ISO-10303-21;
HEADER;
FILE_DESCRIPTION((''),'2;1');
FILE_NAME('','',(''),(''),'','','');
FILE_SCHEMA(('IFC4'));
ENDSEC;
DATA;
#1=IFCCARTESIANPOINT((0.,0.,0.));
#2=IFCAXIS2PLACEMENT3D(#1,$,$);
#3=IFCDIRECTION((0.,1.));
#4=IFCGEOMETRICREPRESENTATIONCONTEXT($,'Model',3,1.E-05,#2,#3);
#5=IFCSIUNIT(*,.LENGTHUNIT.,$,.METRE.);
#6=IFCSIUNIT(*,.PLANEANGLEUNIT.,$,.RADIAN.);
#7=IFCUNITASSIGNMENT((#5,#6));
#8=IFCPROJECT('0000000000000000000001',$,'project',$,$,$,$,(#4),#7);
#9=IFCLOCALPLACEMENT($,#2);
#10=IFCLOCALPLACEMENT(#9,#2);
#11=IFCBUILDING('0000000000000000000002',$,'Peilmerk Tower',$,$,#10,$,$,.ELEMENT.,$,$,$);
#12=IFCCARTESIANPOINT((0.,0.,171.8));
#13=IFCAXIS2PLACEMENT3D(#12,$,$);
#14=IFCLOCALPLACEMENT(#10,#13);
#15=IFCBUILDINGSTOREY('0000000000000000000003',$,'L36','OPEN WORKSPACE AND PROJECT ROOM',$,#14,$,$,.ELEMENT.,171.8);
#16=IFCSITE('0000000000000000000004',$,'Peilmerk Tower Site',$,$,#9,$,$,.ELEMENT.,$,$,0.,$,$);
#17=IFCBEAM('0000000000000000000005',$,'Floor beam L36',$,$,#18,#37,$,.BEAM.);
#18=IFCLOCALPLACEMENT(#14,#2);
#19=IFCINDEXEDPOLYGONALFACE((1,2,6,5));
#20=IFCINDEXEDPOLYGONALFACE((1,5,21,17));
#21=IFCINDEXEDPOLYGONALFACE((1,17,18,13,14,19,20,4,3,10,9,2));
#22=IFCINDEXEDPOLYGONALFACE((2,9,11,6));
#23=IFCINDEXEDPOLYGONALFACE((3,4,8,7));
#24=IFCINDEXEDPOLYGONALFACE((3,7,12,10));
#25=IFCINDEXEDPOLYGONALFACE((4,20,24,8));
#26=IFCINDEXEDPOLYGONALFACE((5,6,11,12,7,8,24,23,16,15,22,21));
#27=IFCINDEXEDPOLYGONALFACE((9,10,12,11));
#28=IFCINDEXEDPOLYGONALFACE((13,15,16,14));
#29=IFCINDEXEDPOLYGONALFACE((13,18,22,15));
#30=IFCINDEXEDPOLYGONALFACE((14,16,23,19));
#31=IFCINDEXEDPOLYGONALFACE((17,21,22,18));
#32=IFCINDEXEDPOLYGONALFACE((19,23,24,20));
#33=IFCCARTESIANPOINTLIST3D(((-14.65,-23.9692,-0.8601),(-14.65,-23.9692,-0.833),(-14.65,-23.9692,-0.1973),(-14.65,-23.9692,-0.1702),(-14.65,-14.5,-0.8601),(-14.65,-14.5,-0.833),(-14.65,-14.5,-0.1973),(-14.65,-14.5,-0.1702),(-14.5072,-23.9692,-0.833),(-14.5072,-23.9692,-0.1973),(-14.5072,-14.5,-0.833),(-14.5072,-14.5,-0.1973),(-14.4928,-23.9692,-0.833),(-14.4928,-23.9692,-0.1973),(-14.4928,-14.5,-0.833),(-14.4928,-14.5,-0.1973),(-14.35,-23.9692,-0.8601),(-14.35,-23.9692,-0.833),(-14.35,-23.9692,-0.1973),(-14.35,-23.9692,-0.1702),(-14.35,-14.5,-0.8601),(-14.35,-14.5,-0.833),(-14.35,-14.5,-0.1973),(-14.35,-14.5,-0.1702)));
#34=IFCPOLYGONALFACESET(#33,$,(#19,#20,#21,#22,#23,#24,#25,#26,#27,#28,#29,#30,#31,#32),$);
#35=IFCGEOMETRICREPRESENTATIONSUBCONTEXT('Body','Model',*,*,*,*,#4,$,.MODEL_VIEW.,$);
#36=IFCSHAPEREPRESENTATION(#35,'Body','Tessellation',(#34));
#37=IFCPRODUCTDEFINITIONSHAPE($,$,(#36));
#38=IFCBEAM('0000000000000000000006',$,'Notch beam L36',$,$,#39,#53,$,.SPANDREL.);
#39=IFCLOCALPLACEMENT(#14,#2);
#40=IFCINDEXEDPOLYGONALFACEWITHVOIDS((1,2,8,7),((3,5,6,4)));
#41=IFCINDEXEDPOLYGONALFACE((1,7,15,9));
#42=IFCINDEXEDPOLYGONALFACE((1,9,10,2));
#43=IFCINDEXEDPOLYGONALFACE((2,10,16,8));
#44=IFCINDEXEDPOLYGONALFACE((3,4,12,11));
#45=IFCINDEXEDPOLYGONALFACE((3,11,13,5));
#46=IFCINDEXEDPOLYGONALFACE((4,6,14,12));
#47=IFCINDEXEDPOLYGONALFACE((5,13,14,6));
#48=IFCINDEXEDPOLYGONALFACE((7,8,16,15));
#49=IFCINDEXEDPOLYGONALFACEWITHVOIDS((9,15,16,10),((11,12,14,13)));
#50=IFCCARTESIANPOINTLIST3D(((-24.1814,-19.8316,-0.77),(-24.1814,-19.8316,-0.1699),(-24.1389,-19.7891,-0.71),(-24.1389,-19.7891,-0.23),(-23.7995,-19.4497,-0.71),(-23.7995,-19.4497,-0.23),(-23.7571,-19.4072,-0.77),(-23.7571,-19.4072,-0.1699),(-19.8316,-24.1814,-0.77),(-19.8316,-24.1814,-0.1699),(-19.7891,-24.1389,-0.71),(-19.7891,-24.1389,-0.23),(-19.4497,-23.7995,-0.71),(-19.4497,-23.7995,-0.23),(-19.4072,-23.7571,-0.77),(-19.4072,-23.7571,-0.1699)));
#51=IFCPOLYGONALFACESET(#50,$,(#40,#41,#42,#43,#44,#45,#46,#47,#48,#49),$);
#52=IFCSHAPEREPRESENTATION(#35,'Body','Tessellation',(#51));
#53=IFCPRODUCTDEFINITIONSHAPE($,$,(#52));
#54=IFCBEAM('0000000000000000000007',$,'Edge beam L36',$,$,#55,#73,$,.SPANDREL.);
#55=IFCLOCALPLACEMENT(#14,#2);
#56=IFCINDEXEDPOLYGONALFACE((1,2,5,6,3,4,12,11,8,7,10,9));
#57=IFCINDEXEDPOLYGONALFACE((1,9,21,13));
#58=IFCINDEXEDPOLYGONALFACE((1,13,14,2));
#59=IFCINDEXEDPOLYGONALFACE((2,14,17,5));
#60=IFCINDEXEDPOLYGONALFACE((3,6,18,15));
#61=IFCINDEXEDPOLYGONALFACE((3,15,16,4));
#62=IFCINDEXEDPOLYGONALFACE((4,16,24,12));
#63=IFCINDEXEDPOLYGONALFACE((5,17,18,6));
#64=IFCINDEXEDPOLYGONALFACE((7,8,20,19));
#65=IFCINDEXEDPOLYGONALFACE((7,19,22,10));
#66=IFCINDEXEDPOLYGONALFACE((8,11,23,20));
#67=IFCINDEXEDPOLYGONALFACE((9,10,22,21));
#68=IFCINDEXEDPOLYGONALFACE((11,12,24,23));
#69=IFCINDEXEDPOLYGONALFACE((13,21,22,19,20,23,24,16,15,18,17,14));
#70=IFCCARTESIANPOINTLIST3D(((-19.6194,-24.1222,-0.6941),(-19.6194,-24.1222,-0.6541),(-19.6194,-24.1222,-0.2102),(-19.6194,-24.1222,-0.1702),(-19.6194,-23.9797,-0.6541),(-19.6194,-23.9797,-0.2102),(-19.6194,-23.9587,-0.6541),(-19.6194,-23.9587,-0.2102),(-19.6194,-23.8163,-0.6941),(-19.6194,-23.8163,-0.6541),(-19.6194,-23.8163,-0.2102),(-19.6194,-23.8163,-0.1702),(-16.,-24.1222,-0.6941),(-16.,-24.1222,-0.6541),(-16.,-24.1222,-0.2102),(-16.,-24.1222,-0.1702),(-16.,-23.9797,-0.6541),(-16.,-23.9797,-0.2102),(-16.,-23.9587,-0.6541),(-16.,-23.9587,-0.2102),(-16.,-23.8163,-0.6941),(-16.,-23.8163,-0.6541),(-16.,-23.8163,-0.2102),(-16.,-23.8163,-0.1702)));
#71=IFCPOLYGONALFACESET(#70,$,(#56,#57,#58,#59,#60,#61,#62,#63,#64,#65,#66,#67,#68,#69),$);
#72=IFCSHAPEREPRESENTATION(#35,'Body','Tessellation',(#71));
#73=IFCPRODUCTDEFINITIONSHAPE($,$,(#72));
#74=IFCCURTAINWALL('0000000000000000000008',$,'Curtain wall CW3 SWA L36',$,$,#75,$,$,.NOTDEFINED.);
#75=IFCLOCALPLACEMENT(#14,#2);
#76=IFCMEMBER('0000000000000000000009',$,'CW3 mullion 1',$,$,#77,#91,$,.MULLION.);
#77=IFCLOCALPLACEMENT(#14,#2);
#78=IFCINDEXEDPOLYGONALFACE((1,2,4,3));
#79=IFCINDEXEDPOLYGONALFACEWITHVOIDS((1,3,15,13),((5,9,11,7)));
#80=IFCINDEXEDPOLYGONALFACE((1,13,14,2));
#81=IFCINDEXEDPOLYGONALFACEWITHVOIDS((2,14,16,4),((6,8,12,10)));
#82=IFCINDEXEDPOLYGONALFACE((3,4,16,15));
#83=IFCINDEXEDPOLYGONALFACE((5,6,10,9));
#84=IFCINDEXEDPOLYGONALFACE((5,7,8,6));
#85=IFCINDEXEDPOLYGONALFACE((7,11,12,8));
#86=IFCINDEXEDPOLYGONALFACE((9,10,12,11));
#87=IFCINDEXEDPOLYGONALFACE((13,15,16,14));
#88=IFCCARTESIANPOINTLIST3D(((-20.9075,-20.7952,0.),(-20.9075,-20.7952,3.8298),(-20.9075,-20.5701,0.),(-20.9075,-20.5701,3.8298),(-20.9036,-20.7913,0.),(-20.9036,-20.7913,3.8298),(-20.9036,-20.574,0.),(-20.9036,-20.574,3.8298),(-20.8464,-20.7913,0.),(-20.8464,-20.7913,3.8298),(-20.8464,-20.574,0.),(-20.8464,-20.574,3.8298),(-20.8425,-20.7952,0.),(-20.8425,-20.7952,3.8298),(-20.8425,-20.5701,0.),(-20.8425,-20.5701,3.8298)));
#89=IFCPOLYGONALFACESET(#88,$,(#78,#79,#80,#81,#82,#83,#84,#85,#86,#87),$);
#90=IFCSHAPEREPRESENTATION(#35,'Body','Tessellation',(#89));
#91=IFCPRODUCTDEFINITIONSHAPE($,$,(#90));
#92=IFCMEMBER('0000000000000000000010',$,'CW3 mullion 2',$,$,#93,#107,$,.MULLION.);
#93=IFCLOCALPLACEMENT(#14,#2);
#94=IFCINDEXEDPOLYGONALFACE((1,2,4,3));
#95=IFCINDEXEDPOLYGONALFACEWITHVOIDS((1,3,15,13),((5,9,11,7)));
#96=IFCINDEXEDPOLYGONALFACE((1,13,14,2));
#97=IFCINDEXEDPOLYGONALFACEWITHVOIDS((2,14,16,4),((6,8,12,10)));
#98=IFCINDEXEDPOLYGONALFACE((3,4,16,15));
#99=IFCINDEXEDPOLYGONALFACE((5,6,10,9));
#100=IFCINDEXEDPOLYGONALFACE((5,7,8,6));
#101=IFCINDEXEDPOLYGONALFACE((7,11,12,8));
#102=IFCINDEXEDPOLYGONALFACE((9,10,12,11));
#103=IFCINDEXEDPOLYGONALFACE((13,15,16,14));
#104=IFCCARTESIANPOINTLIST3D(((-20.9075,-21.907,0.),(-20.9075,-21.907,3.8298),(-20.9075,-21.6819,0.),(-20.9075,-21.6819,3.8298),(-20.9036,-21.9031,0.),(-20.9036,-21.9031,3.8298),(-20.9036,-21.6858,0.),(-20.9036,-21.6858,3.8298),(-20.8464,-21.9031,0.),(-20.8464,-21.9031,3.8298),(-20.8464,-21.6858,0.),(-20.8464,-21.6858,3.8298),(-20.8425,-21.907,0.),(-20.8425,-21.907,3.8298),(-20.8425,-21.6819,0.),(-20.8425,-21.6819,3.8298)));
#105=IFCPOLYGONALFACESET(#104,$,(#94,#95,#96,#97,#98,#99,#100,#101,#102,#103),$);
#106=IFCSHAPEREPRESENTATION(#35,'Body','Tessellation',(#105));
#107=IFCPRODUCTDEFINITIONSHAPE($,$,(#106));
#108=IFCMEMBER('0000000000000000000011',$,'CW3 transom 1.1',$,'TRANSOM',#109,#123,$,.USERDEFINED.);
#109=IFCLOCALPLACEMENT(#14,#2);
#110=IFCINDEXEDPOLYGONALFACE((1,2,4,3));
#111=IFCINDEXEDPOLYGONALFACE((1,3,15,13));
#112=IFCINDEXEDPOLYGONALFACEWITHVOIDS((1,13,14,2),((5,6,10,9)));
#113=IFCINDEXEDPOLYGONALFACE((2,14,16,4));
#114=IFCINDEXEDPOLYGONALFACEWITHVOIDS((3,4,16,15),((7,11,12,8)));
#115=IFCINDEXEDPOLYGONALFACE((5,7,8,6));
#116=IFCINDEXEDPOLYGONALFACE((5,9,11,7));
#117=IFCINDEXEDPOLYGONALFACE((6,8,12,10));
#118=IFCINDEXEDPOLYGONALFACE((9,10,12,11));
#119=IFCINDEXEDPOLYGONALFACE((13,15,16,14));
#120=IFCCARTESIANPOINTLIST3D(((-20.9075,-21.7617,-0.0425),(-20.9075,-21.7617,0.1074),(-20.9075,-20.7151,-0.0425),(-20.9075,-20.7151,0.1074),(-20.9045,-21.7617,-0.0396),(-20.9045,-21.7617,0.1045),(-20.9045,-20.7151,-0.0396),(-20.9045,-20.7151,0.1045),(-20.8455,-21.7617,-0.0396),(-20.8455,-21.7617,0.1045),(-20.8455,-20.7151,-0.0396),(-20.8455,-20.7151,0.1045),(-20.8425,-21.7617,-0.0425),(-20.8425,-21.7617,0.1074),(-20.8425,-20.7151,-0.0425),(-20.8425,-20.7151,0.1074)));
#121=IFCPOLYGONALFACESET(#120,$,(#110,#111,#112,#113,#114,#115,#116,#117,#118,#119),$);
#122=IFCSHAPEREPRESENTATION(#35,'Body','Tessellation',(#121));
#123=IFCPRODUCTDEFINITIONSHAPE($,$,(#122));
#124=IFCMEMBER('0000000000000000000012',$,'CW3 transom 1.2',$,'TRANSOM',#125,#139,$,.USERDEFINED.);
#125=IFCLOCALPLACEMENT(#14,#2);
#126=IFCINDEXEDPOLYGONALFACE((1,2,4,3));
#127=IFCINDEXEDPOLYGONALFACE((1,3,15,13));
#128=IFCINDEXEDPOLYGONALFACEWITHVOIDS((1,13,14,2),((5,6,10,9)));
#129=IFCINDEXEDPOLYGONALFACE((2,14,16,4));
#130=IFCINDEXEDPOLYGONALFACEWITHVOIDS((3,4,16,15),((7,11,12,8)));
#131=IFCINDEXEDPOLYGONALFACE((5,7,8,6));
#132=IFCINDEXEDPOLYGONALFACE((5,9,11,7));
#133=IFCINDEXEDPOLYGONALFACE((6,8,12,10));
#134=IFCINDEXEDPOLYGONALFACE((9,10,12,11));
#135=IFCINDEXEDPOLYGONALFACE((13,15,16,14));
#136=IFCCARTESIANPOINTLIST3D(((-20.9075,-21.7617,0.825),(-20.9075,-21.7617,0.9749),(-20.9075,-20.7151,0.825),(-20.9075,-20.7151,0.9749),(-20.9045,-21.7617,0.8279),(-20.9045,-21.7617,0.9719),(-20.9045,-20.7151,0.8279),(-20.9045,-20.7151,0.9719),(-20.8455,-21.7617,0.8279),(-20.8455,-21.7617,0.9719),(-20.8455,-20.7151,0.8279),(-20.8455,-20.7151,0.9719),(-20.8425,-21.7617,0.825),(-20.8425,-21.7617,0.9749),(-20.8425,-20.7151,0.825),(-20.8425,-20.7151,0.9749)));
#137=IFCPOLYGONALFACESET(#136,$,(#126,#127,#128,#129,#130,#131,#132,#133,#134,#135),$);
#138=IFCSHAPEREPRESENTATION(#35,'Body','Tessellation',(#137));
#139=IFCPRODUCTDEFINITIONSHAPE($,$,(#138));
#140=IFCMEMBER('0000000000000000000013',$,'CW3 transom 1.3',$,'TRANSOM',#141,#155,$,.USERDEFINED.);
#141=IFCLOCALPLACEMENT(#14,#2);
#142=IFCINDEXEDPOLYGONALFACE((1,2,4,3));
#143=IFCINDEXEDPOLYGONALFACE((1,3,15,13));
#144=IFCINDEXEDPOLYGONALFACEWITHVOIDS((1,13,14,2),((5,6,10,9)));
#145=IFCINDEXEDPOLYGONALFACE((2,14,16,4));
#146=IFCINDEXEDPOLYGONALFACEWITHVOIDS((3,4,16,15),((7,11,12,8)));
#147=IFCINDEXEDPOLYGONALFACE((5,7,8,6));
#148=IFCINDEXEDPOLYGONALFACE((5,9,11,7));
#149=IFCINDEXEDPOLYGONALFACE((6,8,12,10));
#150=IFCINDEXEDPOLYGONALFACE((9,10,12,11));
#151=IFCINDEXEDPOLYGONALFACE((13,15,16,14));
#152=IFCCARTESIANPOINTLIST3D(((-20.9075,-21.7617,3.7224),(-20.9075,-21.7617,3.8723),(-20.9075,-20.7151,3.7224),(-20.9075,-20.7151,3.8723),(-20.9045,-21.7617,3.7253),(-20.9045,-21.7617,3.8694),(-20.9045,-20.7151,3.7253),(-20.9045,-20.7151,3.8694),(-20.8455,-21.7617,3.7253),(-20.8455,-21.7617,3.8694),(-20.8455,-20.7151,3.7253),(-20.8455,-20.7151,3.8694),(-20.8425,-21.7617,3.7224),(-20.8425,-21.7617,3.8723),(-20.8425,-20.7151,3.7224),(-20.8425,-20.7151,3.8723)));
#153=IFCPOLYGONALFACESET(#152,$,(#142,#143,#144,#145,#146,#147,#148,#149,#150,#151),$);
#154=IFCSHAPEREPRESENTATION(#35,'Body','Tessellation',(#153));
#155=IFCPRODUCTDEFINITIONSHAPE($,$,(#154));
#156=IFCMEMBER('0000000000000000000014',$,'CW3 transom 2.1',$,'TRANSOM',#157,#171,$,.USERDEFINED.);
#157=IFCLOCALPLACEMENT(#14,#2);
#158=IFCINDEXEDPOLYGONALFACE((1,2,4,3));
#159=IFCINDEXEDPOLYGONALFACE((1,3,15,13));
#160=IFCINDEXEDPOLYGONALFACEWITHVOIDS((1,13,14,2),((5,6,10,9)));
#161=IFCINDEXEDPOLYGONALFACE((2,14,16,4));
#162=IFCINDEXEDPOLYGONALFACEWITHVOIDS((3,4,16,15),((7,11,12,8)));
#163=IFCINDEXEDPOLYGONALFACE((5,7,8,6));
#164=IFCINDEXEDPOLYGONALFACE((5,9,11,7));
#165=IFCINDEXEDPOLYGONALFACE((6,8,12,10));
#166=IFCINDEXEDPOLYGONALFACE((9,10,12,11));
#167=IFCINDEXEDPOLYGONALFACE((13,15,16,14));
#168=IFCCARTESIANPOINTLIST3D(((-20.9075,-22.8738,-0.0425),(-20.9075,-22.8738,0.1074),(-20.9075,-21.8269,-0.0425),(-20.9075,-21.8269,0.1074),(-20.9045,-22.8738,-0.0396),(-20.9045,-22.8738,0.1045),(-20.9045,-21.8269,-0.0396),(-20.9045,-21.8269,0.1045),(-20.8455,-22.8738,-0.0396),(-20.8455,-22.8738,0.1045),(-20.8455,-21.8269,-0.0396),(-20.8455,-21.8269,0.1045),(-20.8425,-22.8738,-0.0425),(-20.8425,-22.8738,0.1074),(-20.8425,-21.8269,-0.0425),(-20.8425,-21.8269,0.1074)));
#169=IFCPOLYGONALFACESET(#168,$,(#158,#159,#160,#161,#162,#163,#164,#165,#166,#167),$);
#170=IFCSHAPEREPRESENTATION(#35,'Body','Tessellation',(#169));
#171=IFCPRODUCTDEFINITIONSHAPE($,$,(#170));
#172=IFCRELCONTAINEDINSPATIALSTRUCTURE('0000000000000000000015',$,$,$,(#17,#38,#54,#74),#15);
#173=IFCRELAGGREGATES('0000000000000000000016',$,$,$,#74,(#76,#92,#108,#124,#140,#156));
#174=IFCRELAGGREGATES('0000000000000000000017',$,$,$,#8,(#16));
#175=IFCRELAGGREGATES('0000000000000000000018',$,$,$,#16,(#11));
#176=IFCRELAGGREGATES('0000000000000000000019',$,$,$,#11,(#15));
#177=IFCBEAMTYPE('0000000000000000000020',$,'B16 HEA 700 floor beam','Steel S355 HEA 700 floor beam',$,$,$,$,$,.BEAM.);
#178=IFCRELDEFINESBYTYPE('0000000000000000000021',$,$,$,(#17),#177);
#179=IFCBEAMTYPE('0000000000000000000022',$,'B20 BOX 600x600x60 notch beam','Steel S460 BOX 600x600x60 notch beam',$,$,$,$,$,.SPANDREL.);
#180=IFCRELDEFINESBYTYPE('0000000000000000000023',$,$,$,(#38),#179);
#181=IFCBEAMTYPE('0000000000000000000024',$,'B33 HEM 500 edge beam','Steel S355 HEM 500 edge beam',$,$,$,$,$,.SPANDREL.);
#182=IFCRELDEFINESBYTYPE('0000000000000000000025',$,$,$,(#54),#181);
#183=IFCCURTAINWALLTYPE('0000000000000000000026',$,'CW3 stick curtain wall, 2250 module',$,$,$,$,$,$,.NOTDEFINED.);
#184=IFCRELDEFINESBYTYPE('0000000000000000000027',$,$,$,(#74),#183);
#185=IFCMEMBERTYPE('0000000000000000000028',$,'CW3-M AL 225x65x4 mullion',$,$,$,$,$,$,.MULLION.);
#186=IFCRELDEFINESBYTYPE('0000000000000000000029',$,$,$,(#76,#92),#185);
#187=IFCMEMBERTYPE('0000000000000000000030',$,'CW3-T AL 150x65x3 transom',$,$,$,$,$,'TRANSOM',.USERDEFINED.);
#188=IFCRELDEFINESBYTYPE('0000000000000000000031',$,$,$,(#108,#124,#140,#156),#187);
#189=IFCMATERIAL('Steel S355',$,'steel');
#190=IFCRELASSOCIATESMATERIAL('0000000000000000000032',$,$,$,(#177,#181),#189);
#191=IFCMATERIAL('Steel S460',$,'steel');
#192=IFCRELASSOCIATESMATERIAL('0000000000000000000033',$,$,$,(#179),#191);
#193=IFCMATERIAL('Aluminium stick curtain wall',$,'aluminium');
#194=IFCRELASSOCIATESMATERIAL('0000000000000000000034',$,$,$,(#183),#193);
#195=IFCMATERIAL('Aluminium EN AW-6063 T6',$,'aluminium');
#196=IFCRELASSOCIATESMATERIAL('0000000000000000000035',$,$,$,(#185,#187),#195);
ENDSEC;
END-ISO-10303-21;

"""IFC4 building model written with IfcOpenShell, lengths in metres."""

from ifc_helpers import new_model, si_unit, direction, frame, origin, origin_2d, place, context, subcontext, project, spatial, hollow_rectangle, i_section, extrude, material, material_profile, profile_set, type_object, element, aggregate, save


model = new_model("IFC4")

# Units and contexts
model_context = context("Model", 3, precision=1e-05, world=origin(), true_north=direction((0.0, 1.0)))
body_context = subcontext(model_context, "Body", "Model", "MODEL_VIEW")
ifc_project = project(units=[si_unit("LENGTHUNIT", "METRE"), si_unit("PLANEANGLEUNIT", "RADIAN")], contexts=[model_context])

# Site, building, storey
site_placement = place(None, origin())
site = spatial("IfcSite", under=ifc_project, at=site_placement, Name="Peilmerk Tower Site", CompositionType="ELEMENT", RefElevation=0.0)
building_placement = place(site_placement, origin())
building = spatial("IfcBuilding", under=site, at=building_placement, Name="Peilmerk Tower", CompositionType="ELEMENT")
storey_placement = place(building_placement, frame((0.0, 0.0, 171.8)))
storey = spatial("IfcBuildingStorey", under=building, at=storey_placement, Name="L36", Description="OPEN WORKSPACE AND PROJECT ROOM", CompositionType="ELEMENT", Elevation=171.8)

# Shared definitions
ifc_material_1 = material(Name="Steel S460", Category="steel")

# Beams
ifc_material_2 = material(Name="Steel S355", Category="steel")
ifc_material_profile_1 = material_profile(ifc_material_2, i_section(OverallWidth=0.3, OverallDepth=0.6899, WebThickness=0.0144, FlangeThickness=0.0271, at=origin_2d()), Name="HEA 700")
ifc_profile_set_1 = profile_set([ifc_material_profile_1], Name="Steel S355")
beam_type_1 = type_object("IfcBeamType", Name="B16 HEA 700 floor beam", Description="Steel S355 HEA 700 floor beam", PredefinedType="BEAM", material=ifc_profile_set_1)
beam_1_placement = place(storey_placement, frame((-14.5, -14.5, -0.5151), z_axis=(0.0, -1.0, 0.0), x_axis=(1.0, 0.0, 0.0)))
element("IfcBeam", 1, at=beam_1_placement, inside=storey, type_object=beam_type_1, Name="Floor beam L36", PredefinedType="BEAM", context=body_context, shape_type="SweptSolid", body=[
    extrude(i_section(OverallWidth=0.3, OverallDepth=0.6899, WebThickness=0.0144, FlangeThickness=0.0271, at=origin_2d()), origin(), (0.0, 0.0, 1.0), 9.4692),
])
ifc_material_profile_2 = material_profile(ifc_material_1, hollow_rectangle(XDim=0.6001, YDim=0.6001, WallThickness=0.0601, at=origin_2d()), Name="BOX 600x600x60")
ifc_profile_set_2 = profile_set([ifc_material_profile_2], Name="Steel S460")
beam_type_2 = type_object("IfcBeamType", Name="B20 BOX 600x600x60 notch beam", Description="Steel S460 BOX 600x600x60 notch beam", PredefinedType="SPANDREL", material=ifc_profile_set_2)
beam_2_placement = place(storey_placement, frame((-19.6194, -23.9692, -0.47), z_axis=(-0.707107, 0.707107, 0.0), x_axis=(-0.707107, -0.707107, 0.0)))
element("IfcBeam", 2, at=beam_2_placement, inside=storey, type_object=beam_type_2, Name="Notch beam L36", PredefinedType="SPANDREL", context=body_context, shape_type="SweptSolid", body=[
    extrude(hollow_rectangle(XDim=0.6001, YDim=0.6001, WallThickness=0.0601, at=origin_2d()), origin(), (0.0, 0.0, 1.0), 6.1516),
])
ifc_material_profile_3 = material_profile(ifc_material_2, i_section(OverallWidth=0.3059, OverallDepth=0.5239, WebThickness=0.021, FlangeThickness=0.04, at=origin_2d()), Name="HEM 500")
ifc_profile_set_3 = profile_set([ifc_material_profile_3], Name="Steel S355")
beam_type_3 = type_object("IfcBeamType", Name="B33 HEM 500 edge beam", Description="Steel S355 HEM 500 edge beam", PredefinedType="SPANDREL", material=ifc_profile_set_3)
beam_3_placement = place(storey_placement, frame((-19.6194, -23.9692, -0.4321), z_axis=(1.0, 0.0, 0.0), x_axis=(0.0, 1.0, 0.0)))
element("IfcBeam", 3, at=beam_3_placement, inside=storey, type_object=beam_type_3, Name="Edge beam L36", PredefinedType="SPANDREL", context=body_context, shape_type="SweptSolid", body=[
    extrude(i_section(OverallWidth=0.3059, OverallDepth=0.5239, WebThickness=0.021, FlangeThickness=0.04, at=origin_2d()), origin(), (0.0, 0.0, 1.0), 3.6194),
])

# Curtain wall, members
ifc_material_3 = material(Name="Aluminium stick curtain wall", Category="aluminium")
curtain_wall_type = type_object("IfcCurtainWallType", Name="CW3 stick curtain wall, 2250 module", PredefinedType="NOTDEFINED", material=ifc_material_3)
curtain_wall_placement = place(storey_placement, origin())
curtain_wall = element("IfcCurtainWall", 4, at=curtain_wall_placement, inside=storey, type_object=curtain_wall_type, Name="Curtain wall CW3 SWA L36", PredefinedType="NOTDEFINED")
ifc_material_4 = material(Name="Aluminium EN AW-6063 T6", Category="aluminium")
ifc_material_profile_4 = material_profile(ifc_material_4, hollow_rectangle(XDim=0.0649, YDim=0.2251, WallThickness=0.0039, at=origin_2d()), Name="AL 225x65x4")
ifc_profile_set_4 = profile_set([ifc_material_profile_4], Name="Aluminium EN AW-6063 T6")
member_type_1 = type_object("IfcMemberType", Name="CW3-M AL 225x65x4 mullion", PredefinedType="MULLION", material=ifc_profile_set_4)
member_1_placement = place(storey_placement, frame((-20.875, -20.6826, 0.0), z_axis=(0.0, 0.0, 1.0), x_axis=(1.0, 0.0, 0.0)))
member_1 = element("IfcMember", 5, at=member_1_placement, type_object=member_type_1, Name="CW3 mullion 1", PredefinedType="MULLION", context=body_context, shape_type="SweptSolid", body=[
    extrude(hollow_rectangle(XDim=0.0649, YDim=0.2251, WallThickness=0.0039, at=origin_2d()), origin(), (0.0, 0.0, 1.0), 3.8298),
])
member_2_placement = place(storey_placement, frame((-20.875, -21.7944, 0.0), z_axis=(0.0, 0.0, 1.0), x_axis=(1.0, 0.0, 0.0)))
member_2 = element("IfcMember", 6, at=member_2_placement, type_object=member_type_1, Name="CW3 mullion 2", PredefinedType="MULLION", context=body_context, shape_type="SweptSolid", body=[
    extrude(hollow_rectangle(XDim=0.0649, YDim=0.2251, WallThickness=0.0039, at=origin_2d()), origin(), (0.0, 0.0, 1.0), 3.8298),
])
ifc_material_profile_5 = material_profile(ifc_material_4, hollow_rectangle(XDim=0.0649, YDim=0.1499, WallThickness=0.0029, at=origin_2d()), Name="AL 150x65x3")
ifc_profile_set_5 = profile_set([ifc_material_profile_5], Name="Aluminium EN AW-6063 T6")
member_type_2 = type_object("IfcMemberType", Name="CW3-T AL 150x65x3 transom", ElementType="TRANSOM", PredefinedType="USERDEFINED", material=ifc_profile_set_5)
member_3_placement = place(storey_placement, frame((-20.875, -20.7151, 0.0325), z_axis=(0.0, -1.0, 0.0), x_axis=(1.0, 0.0, 0.0)))
member_3 = element("IfcMember", 7, at=member_3_placement, type_object=member_type_2, Name="CW3 transom 1.1", ObjectType="TRANSOM", PredefinedType="USERDEFINED", context=body_context, shape_type="SweptSolid", body=[
    extrude(hollow_rectangle(XDim=0.0649, YDim=0.1499, WallThickness=0.0029, at=origin_2d()), origin(), (0.0, 0.0, 1.0), 1.0466),
])
member_4_placement = place(storey_placement, frame((-20.875, -20.7151, 0.8999), z_axis=(0.0, -1.0, 0.0), x_axis=(1.0, 0.0, 0.0)))
member_4 = element("IfcMember", 8, at=member_4_placement, type_object=member_type_2, Name="CW3 transom 1.2", ObjectType="TRANSOM", PredefinedType="USERDEFINED", context=body_context, shape_type="SweptSolid", body=[
    extrude(hollow_rectangle(XDim=0.0649, YDim=0.1499, WallThickness=0.0029, at=origin_2d()), origin(), (0.0, 0.0, 1.0), 1.0466),
])
member_5_placement = place(storey_placement, frame((-20.875, -20.7151, 3.7974), z_axis=(0.0, -1.0, 0.0), x_axis=(1.0, 0.0, 0.0)))
member_5 = element("IfcMember", 9, at=member_5_placement, type_object=member_type_2, Name="CW3 transom 1.3", ObjectType="TRANSOM", PredefinedType="USERDEFINED", context=body_context, shape_type="SweptSolid", body=[
    extrude(hollow_rectangle(XDim=0.0649, YDim=0.1499, WallThickness=0.0029, at=origin_2d()), origin(), (0.0, 0.0, 1.0), 1.0466),
])
member_6_placement = place(storey_placement, frame((-20.875, -21.8269, 0.0325), z_axis=(0.0, -1.0, 0.0), x_axis=(1.0, 0.0, 0.0)))
member_6 = element("IfcMember", 10, at=member_6_placement, type_object=member_type_2, Name="CW3 transom 2.1", ObjectType="TRANSOM", PredefinedType="USERDEFINED", context=body_context, shape_type="SweptSolid", body=[
    extrude(hollow_rectangle(XDim=0.0649, YDim=0.1499, WallThickness=0.0029, at=origin_2d()), origin(), (0.0, 0.0, 1.0), 1.0469),
])
aggregate(curtain_wall, [member_1, member_2, member_3, member_4, member_5, member_6])

save(model, "model.ifc")
